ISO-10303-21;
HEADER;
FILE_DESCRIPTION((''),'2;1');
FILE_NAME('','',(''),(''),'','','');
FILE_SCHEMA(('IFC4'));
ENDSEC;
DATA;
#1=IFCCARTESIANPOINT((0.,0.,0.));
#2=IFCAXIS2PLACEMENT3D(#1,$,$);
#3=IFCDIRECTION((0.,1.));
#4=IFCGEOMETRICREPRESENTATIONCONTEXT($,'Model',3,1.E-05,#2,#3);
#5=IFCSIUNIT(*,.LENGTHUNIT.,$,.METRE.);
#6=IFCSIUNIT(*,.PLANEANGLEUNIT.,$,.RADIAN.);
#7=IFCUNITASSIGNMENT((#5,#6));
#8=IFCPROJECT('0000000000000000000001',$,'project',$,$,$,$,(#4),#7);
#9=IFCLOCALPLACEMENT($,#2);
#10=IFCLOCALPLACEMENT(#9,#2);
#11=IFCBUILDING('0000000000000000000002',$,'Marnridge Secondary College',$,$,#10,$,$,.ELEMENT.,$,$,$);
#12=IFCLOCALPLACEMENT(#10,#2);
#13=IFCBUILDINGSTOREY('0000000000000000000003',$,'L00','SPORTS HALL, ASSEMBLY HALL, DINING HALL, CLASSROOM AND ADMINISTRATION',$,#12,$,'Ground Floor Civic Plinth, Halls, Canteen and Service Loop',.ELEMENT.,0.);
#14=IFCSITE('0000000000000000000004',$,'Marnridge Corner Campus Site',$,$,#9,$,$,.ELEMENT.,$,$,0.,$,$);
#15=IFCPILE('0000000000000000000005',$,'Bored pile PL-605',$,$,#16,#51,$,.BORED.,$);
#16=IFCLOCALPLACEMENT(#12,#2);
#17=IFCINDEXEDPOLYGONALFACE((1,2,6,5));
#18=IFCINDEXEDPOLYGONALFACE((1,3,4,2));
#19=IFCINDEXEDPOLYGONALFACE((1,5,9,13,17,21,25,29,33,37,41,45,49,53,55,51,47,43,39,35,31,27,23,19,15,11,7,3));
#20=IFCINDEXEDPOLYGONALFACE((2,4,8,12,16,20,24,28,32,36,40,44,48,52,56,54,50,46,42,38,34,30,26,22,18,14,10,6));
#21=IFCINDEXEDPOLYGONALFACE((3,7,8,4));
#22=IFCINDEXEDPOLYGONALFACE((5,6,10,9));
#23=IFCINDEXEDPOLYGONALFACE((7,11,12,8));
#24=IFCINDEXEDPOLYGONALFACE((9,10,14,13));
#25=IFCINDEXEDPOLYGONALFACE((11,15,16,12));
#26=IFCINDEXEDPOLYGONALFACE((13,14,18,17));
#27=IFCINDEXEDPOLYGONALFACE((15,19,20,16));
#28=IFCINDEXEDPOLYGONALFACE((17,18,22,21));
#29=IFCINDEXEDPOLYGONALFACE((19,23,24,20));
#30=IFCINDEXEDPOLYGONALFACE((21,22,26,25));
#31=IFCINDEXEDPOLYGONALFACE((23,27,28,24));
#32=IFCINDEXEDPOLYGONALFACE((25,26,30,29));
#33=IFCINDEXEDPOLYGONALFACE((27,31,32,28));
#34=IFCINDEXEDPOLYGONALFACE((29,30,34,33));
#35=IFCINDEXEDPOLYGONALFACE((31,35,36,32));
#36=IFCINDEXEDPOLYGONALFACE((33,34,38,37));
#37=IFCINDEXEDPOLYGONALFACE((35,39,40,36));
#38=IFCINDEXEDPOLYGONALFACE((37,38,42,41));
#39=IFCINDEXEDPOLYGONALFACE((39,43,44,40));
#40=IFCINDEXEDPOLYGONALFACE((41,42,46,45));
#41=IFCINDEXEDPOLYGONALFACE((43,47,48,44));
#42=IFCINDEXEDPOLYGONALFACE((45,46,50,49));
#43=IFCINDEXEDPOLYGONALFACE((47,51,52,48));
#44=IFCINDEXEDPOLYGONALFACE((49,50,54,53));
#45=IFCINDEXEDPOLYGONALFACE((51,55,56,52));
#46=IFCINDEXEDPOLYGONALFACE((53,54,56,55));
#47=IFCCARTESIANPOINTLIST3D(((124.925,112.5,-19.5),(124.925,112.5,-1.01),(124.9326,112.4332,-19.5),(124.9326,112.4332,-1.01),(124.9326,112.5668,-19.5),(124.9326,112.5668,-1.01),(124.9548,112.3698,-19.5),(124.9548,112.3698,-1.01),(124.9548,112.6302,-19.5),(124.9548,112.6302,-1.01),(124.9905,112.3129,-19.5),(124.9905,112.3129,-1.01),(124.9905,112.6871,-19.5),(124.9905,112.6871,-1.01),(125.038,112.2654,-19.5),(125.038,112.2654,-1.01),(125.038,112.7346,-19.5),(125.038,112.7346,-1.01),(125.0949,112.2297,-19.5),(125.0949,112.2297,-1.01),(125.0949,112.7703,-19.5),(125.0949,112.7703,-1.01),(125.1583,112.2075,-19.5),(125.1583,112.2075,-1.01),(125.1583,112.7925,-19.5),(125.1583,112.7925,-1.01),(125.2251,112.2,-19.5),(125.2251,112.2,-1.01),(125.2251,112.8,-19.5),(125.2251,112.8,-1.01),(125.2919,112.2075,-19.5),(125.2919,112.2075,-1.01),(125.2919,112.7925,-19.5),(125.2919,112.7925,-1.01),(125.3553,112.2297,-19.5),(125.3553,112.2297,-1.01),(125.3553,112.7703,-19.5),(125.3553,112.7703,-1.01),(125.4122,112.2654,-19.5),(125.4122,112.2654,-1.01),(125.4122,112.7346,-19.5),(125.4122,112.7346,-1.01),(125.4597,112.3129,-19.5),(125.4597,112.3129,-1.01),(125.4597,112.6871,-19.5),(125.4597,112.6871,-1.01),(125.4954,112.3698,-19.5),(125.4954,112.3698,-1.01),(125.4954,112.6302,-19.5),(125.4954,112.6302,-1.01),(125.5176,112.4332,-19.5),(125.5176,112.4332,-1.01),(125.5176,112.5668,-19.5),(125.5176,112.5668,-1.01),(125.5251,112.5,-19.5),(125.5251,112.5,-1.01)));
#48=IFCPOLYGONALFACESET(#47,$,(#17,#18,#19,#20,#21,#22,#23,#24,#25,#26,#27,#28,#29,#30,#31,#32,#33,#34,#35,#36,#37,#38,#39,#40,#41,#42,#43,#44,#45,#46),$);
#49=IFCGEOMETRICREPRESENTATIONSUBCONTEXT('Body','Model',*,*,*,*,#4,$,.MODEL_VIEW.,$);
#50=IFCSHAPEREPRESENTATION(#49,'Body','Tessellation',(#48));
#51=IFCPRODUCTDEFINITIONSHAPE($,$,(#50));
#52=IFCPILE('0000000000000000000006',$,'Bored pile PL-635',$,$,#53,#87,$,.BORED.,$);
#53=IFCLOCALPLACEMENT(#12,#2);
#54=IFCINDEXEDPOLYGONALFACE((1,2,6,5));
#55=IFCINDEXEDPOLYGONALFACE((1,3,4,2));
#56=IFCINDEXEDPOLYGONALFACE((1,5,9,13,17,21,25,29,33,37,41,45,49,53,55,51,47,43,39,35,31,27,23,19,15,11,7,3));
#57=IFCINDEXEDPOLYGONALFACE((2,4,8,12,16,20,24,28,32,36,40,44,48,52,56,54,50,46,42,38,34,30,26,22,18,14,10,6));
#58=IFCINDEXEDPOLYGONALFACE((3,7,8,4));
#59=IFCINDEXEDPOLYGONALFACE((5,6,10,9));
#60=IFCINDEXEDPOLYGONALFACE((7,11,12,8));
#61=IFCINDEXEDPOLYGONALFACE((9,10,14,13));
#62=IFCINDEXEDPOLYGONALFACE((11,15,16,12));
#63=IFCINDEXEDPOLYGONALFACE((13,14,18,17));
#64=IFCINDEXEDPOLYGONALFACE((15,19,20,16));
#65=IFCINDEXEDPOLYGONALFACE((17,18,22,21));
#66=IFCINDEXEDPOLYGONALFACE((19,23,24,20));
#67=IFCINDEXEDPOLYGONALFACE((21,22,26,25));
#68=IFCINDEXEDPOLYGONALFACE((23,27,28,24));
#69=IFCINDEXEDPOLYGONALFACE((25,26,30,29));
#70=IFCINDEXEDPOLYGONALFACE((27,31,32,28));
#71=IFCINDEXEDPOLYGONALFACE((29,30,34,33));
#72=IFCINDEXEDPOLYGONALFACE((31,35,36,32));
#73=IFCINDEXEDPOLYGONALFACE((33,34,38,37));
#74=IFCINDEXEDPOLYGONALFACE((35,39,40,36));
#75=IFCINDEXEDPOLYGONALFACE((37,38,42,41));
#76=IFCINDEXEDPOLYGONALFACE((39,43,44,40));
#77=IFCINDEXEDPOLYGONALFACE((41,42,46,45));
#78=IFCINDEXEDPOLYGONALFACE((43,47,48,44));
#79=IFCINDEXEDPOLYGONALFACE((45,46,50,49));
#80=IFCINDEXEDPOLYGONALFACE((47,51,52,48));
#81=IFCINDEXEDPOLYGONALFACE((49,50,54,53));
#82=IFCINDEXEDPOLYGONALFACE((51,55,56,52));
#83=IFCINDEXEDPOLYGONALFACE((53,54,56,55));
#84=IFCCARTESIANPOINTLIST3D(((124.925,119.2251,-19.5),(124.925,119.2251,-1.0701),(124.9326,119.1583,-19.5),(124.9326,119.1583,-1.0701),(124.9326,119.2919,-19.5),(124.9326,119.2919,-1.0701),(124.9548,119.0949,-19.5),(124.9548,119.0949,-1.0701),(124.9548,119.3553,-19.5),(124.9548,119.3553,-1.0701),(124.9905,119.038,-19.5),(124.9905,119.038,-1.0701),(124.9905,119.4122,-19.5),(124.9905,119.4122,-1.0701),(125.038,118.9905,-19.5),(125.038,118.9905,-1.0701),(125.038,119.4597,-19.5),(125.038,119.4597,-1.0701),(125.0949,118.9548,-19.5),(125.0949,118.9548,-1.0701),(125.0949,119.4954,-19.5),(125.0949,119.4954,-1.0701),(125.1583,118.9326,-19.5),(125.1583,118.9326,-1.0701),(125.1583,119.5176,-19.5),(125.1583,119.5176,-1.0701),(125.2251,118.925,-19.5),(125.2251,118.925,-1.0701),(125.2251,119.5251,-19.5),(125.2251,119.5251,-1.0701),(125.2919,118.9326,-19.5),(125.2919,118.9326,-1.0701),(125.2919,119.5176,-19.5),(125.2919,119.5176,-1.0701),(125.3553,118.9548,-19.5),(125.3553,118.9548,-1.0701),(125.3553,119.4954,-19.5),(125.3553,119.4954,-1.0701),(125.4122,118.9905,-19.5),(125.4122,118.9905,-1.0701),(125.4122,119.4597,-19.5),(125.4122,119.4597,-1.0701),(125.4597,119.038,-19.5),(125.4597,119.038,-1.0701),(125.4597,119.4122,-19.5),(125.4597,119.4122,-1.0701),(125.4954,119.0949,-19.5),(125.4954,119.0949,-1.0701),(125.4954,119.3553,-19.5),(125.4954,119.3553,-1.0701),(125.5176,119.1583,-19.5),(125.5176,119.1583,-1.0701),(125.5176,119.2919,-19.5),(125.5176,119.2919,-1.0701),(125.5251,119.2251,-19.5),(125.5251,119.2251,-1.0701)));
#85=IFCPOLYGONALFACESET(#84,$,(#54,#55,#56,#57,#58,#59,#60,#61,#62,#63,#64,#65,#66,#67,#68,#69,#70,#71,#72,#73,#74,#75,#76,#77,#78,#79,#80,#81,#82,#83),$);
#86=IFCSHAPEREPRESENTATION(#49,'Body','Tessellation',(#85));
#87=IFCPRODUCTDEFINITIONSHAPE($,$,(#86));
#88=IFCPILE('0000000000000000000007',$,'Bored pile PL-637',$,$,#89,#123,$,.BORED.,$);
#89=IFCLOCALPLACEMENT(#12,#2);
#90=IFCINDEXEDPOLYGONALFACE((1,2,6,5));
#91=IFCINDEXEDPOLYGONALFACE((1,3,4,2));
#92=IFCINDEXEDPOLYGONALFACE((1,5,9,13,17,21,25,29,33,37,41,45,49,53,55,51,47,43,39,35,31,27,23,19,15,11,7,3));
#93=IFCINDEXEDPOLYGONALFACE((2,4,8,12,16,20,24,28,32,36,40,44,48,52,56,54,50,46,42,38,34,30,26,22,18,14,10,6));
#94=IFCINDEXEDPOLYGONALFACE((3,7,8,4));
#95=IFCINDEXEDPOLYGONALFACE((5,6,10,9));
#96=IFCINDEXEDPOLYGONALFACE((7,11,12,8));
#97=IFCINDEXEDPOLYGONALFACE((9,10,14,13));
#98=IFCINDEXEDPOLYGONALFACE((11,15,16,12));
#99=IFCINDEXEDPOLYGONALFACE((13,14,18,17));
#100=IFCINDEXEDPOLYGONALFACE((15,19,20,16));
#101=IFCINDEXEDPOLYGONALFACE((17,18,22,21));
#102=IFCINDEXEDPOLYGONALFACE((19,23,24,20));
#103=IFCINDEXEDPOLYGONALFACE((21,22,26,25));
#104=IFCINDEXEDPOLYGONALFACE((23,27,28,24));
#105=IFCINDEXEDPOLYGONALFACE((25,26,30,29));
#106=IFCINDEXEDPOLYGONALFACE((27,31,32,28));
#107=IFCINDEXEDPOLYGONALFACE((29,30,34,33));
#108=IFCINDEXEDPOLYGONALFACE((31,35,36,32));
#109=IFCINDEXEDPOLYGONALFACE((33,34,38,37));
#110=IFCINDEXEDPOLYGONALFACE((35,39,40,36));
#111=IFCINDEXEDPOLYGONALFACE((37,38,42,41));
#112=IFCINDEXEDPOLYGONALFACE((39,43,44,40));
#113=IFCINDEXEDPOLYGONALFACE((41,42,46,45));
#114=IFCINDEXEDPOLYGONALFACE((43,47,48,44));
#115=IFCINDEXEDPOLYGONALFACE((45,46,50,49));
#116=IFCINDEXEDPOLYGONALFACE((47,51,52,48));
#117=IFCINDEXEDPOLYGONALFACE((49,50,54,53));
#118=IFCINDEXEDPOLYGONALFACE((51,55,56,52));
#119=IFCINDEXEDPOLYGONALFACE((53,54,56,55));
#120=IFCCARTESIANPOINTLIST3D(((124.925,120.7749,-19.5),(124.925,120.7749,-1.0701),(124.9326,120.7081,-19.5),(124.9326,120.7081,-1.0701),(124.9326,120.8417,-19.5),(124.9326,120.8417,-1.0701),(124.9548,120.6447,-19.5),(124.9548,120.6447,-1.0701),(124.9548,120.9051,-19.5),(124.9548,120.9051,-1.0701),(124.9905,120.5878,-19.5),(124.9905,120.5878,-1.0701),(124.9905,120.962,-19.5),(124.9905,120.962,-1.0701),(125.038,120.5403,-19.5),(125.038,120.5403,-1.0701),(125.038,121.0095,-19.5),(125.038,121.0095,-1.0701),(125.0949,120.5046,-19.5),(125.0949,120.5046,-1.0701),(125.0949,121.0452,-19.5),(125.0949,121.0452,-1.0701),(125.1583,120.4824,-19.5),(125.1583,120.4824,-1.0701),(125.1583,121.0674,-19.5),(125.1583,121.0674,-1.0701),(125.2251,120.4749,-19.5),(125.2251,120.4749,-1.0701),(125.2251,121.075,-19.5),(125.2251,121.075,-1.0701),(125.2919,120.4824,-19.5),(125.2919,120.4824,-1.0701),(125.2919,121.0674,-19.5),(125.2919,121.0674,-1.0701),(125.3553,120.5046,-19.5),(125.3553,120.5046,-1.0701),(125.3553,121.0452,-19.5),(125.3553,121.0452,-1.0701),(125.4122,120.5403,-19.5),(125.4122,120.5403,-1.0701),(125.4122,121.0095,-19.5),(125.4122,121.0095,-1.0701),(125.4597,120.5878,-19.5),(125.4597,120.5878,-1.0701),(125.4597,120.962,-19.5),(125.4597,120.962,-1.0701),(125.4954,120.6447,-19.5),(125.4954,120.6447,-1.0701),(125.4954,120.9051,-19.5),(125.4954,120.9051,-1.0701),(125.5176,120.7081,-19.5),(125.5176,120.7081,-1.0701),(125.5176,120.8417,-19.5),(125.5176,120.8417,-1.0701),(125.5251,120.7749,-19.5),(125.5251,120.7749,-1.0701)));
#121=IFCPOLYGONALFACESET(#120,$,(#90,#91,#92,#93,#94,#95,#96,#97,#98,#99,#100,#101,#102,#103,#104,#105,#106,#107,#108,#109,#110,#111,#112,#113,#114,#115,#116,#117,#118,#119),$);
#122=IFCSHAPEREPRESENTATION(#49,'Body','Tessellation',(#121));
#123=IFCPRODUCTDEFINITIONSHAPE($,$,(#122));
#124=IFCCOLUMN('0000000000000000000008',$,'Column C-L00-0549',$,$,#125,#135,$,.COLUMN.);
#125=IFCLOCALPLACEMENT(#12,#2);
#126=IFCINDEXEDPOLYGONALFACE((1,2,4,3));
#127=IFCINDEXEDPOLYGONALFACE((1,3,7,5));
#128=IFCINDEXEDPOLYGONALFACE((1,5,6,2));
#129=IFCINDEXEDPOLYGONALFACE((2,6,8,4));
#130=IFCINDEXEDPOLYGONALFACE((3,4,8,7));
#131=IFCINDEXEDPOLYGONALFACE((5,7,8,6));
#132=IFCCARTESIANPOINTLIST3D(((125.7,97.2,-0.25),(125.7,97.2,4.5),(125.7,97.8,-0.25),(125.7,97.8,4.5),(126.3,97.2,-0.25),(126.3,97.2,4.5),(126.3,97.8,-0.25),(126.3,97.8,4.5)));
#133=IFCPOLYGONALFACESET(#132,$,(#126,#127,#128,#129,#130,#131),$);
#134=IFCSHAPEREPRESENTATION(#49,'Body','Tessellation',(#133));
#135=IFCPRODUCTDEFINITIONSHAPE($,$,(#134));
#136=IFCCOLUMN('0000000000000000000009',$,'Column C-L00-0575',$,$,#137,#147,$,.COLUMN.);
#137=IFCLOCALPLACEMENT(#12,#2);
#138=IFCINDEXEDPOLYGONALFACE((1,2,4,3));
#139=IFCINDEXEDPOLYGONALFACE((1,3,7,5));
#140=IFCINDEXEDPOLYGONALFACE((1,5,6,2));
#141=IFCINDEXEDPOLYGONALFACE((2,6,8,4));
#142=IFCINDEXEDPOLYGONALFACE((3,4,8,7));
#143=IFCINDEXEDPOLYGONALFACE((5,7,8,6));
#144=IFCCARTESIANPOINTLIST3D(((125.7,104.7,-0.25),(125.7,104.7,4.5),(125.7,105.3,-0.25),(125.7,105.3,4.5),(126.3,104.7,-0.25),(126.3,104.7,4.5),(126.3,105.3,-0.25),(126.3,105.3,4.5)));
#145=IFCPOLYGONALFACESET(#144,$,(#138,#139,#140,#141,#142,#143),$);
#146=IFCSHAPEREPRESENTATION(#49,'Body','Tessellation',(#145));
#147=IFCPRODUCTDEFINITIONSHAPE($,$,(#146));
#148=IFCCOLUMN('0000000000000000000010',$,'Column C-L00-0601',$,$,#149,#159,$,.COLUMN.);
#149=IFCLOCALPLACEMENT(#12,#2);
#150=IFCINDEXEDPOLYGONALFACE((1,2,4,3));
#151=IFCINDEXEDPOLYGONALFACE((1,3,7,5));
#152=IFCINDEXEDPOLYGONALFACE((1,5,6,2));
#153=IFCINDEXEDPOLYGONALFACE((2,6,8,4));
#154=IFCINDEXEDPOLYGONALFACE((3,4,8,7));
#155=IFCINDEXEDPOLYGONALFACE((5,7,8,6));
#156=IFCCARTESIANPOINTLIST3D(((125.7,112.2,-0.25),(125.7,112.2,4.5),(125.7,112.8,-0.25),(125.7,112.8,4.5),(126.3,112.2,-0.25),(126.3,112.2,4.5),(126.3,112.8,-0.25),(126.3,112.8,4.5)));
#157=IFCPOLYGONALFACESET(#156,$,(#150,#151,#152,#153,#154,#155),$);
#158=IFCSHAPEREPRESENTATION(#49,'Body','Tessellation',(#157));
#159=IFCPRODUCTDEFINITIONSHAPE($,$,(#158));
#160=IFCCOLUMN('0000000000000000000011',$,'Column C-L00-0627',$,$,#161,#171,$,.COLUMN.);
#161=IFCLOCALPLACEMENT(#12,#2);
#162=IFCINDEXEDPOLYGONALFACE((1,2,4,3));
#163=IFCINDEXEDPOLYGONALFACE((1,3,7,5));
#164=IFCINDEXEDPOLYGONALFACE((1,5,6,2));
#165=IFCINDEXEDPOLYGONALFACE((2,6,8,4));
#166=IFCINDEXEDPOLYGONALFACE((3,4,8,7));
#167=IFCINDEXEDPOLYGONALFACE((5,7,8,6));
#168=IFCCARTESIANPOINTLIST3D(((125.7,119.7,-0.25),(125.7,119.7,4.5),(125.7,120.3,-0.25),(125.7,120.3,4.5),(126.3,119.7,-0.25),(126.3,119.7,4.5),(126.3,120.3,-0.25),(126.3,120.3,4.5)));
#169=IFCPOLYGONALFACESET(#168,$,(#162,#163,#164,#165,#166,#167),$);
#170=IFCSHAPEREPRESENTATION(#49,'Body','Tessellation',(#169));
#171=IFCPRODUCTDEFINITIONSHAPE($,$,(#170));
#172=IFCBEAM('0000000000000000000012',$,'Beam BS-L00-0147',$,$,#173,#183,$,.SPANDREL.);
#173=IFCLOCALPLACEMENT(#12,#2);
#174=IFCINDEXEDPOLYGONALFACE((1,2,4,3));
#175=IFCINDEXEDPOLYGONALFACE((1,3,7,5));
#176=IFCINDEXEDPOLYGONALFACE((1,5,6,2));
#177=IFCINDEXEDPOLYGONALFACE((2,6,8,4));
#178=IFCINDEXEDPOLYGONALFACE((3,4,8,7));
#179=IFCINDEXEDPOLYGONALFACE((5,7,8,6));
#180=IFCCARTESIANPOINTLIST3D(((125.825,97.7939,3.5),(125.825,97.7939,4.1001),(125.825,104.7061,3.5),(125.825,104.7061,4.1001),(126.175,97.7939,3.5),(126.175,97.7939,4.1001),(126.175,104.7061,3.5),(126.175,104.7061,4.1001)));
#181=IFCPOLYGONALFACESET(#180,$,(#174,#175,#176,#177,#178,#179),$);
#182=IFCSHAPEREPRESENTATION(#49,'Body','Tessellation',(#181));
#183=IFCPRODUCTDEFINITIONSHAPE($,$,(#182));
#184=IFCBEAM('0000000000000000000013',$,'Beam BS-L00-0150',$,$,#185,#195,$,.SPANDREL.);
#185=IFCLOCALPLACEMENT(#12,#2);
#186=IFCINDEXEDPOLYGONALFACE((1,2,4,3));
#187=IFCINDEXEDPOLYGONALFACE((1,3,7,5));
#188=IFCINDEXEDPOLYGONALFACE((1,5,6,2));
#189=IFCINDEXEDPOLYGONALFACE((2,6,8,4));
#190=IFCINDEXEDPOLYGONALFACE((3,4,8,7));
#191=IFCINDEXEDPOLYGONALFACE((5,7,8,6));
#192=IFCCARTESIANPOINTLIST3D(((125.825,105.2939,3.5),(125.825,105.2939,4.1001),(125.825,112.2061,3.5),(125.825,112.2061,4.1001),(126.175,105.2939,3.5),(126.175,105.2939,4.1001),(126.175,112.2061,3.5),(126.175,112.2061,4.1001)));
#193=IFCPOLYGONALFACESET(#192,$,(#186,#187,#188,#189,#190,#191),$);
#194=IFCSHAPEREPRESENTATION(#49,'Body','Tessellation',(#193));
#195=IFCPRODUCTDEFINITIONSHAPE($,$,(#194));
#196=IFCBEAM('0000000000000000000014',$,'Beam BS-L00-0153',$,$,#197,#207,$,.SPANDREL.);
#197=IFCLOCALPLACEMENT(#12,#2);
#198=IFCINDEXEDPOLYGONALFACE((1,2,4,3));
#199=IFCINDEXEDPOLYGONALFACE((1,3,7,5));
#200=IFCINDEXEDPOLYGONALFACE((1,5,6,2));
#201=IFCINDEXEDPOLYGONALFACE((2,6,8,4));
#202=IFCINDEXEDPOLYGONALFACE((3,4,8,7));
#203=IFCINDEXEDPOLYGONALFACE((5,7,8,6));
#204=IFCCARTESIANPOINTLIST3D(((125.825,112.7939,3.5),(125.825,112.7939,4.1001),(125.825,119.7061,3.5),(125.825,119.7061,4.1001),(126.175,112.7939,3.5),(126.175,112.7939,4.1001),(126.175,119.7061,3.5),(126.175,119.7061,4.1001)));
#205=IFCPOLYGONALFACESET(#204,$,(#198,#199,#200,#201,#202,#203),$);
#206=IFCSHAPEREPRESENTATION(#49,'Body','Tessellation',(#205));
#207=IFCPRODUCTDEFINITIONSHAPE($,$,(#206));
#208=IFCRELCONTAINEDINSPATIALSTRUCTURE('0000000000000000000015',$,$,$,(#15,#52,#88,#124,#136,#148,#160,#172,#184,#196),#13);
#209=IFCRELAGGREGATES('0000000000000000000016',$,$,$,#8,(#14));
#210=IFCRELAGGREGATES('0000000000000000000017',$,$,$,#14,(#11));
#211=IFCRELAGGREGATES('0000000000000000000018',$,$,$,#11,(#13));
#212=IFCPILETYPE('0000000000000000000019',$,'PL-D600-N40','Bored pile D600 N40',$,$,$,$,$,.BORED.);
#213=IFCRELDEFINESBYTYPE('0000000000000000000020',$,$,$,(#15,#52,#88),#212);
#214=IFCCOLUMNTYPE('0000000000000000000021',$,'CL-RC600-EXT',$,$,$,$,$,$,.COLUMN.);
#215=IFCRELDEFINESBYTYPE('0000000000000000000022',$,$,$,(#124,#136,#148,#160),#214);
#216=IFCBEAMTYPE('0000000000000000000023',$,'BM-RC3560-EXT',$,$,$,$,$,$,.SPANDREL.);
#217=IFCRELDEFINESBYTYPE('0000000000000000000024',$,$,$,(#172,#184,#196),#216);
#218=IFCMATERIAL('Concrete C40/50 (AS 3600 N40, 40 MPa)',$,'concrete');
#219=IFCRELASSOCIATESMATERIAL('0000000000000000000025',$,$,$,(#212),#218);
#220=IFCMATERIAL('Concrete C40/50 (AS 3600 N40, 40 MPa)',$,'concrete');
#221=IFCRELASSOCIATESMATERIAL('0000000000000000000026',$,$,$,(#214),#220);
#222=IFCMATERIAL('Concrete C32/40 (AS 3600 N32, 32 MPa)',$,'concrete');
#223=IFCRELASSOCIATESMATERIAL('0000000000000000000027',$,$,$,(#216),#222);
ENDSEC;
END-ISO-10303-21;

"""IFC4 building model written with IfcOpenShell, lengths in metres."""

from ifc_helpers import new_model, si_unit, direction, frame, origin, origin_2d, place, context, subcontext, project, spatial, rectangle, circle, extrude, material, material_profile, profile_set, type_object, element, save


model = new_model("IFC4")

# Units and contexts
model_context = context("Model", 3, precision=1e-05, world=origin(), true_north=direction((0.0, 1.0)))
body_context = subcontext(model_context, "Body", "Model", "MODEL_VIEW")
ifc_project = project(units=[si_unit("LENGTHUNIT", "METRE"), si_unit("PLANEANGLEUNIT", "RADIAN")], contexts=[model_context])

# Site, building, storey
site_placement = place(None, origin())
site = spatial("IfcSite", under=ifc_project, at=site_placement, Name="Marnridge Corner Campus Site", CompositionType="ELEMENT", RefElevation=0.0)
building_placement = place(site_placement, origin())
building = spatial("IfcBuilding", under=site, at=building_placement, Name="Marnridge Secondary College", CompositionType="ELEMENT")
storey_placement = place(building_placement, origin())
storey = spatial("IfcBuildingStorey", under=building, at=storey_placement, Name="L00", Description="SPORTS HALL, ASSEMBLY HALL, DINING HALL, CLASSROOM AND ADMINISTRATION", LongName="Ground Floor Civic Plinth, Halls, Canteen and Service Loop", CompositionType="ELEMENT", Elevation=0.0)

# Piles
ifc_material_1 = material(Name="Concrete C40/50 (AS 3600 N40, 40 MPa)", Category="concrete")
ifc_material_profile_1 = material_profile(ifc_material_1, circle(Radius=0.3, at=origin_2d()), Name="PILE D600")
ifc_profile_set_1 = profile_set([ifc_material_profile_1], Name="Concrete C40/50 (AS 3600 N40, 40 MPa)")
pile_type_1 = type_object("IfcPileType", Name="PL-D600-N40", Description="Bored pile D600 N40", PredefinedType="BORED", material=ifc_profile_set_1)
pile_1_placement = place(storey_placement, frame((125.2251, 112.5, -1.01), z_axis=(0.0, 0.0, -1.0), x_axis=(1.0, 0.0, 0.0)))
element("IfcPile", 1, at=pile_1_placement, inside=storey, type_object=pile_type_1, Name="Bored pile PL-605", PredefinedType="BORED", context=body_context, shape_type="SweptSolid", body=[
    extrude(circle(Radius=0.3, at=origin_2d()), origin(), (0.0, 0.0, 1.0), 18.49),
])
for number, where, z_axis, x_axis, name in (
    (2, (125.2251, 119.2251, -1.0701), (0.0, 0.0, -1.0), (1.0, 0.0, 0.0), "Bored pile PL-635"),
    (3, (125.2251, 120.7749, -1.0701), (0.0, 0.0, -1.0), (1.0, 0.0, 0.0), "Bored pile PL-637"),
):
    element("IfcPile", number, at=place(storey_placement, frame(where, z_axis=z_axis, x_axis=x_axis)), inside=storey, type_object=pile_type_1, Name=name, PredefinedType="BORED", context=body_context, shape_type="SweptSolid", body=[
        extrude(circle(Radius=0.3, at=origin_2d()), origin(), (0.0, 0.0, 1.0), 18.4299),
    ])

# Columns
ifc_material_2 = material(Name="Concrete C40/50 (AS 3600 N40, 40 MPa)", Category="concrete")
ifc_material_profile_2 = material_profile(ifc_material_2, rectangle(XDim=0.6001, YDim=0.6001, at=origin_2d()), Name="RC 600x600")
ifc_profile_set_2 = profile_set([ifc_material_profile_2], Name="Concrete C40/50 (AS 3600 N40, 40 MPa)")
column_type = type_object("IfcColumnType", Name="CL-RC600-EXT", PredefinedType="COLUMN", material=ifc_profile_set_2)
for number, where, z_axis, x_axis, name in (
    (4, (126.0, 97.5, -0.25), (0.0, 0.0, 1.0), (1.0, 0.0, 0.0), "Column C-L00-0549"),
    (5, (126.0, 105.0, -0.25), (0.0, 0.0, 1.0), (1.0, 0.0, 0.0), "Column C-L00-0575"),
    (6, (126.0, 112.5, -0.25), (0.0, 0.0, 1.0), (1.0, 0.0, 0.0), "Column C-L00-0601"),
    (7, (126.0, 120.0, -0.25), (0.0, 0.0, 1.0), (1.0, 0.0, 0.0), "Column C-L00-0627"),
):
    element("IfcColumn", number, at=place(storey_placement, frame(where, z_axis=z_axis, x_axis=x_axis)), inside=storey, type_object=column_type, Name=name, PredefinedType="COLUMN", context=body_context, shape_type="SweptSolid", body=[
        extrude(rectangle(XDim=0.6001, YDim=0.6001, at=origin_2d()), origin(), (0.0, 0.0, 1.0), 4.75),
    ])

# Beams
ifc_material_3 = material(Name="Concrete C32/40 (AS 3600 N32, 32 MPa)", Category="concrete")
ifc_material_profile_3 = material_profile(ifc_material_3, rectangle(XDim=0.3501, YDim=0.6001, at=origin_2d()), Name="RC 350x600")
ifc_profile_set_3 = profile_set([ifc_material_profile_3], Name="Concrete C32/40 (AS 3600 N32, 32 MPa)")
beam_type = type_object("IfcBeamType", Name="BM-RC3560-EXT", PredefinedType="SPANDREL", material=ifc_profile_set_3)
for number, where, z_axis, x_axis, name in (
    (8, (126.0, 97.7939, 3.8), (0.0, 1.0, 0.0), (-1.0, 0.0, 0.0), "Beam BS-L00-0147"),
    (9, (126.0, 105.2939, 3.8), (0.0, 1.0, 0.0), (-1.0, 0.0, 0.0), "Beam BS-L00-0150"),
    (10, (126.0, 112.7939, 3.8), (0.0, 1.0, 0.0), (-1.0, 0.0, 0.0), "Beam BS-L00-0153"),
):
    element("IfcBeam", number, at=place(storey_placement, frame(where, z_axis=z_axis, x_axis=x_axis)), inside=storey, type_object=beam_type, Name=name, PredefinedType="SPANDREL", context=body_context, shape_type="SweptSolid", body=[
        extrude(rectangle(XDim=0.3501, YDim=0.6001, at=origin_2d()), origin(), (0.0, 0.0, 1.0), 6.9121),
    ])

save(model, "model.ifc")
